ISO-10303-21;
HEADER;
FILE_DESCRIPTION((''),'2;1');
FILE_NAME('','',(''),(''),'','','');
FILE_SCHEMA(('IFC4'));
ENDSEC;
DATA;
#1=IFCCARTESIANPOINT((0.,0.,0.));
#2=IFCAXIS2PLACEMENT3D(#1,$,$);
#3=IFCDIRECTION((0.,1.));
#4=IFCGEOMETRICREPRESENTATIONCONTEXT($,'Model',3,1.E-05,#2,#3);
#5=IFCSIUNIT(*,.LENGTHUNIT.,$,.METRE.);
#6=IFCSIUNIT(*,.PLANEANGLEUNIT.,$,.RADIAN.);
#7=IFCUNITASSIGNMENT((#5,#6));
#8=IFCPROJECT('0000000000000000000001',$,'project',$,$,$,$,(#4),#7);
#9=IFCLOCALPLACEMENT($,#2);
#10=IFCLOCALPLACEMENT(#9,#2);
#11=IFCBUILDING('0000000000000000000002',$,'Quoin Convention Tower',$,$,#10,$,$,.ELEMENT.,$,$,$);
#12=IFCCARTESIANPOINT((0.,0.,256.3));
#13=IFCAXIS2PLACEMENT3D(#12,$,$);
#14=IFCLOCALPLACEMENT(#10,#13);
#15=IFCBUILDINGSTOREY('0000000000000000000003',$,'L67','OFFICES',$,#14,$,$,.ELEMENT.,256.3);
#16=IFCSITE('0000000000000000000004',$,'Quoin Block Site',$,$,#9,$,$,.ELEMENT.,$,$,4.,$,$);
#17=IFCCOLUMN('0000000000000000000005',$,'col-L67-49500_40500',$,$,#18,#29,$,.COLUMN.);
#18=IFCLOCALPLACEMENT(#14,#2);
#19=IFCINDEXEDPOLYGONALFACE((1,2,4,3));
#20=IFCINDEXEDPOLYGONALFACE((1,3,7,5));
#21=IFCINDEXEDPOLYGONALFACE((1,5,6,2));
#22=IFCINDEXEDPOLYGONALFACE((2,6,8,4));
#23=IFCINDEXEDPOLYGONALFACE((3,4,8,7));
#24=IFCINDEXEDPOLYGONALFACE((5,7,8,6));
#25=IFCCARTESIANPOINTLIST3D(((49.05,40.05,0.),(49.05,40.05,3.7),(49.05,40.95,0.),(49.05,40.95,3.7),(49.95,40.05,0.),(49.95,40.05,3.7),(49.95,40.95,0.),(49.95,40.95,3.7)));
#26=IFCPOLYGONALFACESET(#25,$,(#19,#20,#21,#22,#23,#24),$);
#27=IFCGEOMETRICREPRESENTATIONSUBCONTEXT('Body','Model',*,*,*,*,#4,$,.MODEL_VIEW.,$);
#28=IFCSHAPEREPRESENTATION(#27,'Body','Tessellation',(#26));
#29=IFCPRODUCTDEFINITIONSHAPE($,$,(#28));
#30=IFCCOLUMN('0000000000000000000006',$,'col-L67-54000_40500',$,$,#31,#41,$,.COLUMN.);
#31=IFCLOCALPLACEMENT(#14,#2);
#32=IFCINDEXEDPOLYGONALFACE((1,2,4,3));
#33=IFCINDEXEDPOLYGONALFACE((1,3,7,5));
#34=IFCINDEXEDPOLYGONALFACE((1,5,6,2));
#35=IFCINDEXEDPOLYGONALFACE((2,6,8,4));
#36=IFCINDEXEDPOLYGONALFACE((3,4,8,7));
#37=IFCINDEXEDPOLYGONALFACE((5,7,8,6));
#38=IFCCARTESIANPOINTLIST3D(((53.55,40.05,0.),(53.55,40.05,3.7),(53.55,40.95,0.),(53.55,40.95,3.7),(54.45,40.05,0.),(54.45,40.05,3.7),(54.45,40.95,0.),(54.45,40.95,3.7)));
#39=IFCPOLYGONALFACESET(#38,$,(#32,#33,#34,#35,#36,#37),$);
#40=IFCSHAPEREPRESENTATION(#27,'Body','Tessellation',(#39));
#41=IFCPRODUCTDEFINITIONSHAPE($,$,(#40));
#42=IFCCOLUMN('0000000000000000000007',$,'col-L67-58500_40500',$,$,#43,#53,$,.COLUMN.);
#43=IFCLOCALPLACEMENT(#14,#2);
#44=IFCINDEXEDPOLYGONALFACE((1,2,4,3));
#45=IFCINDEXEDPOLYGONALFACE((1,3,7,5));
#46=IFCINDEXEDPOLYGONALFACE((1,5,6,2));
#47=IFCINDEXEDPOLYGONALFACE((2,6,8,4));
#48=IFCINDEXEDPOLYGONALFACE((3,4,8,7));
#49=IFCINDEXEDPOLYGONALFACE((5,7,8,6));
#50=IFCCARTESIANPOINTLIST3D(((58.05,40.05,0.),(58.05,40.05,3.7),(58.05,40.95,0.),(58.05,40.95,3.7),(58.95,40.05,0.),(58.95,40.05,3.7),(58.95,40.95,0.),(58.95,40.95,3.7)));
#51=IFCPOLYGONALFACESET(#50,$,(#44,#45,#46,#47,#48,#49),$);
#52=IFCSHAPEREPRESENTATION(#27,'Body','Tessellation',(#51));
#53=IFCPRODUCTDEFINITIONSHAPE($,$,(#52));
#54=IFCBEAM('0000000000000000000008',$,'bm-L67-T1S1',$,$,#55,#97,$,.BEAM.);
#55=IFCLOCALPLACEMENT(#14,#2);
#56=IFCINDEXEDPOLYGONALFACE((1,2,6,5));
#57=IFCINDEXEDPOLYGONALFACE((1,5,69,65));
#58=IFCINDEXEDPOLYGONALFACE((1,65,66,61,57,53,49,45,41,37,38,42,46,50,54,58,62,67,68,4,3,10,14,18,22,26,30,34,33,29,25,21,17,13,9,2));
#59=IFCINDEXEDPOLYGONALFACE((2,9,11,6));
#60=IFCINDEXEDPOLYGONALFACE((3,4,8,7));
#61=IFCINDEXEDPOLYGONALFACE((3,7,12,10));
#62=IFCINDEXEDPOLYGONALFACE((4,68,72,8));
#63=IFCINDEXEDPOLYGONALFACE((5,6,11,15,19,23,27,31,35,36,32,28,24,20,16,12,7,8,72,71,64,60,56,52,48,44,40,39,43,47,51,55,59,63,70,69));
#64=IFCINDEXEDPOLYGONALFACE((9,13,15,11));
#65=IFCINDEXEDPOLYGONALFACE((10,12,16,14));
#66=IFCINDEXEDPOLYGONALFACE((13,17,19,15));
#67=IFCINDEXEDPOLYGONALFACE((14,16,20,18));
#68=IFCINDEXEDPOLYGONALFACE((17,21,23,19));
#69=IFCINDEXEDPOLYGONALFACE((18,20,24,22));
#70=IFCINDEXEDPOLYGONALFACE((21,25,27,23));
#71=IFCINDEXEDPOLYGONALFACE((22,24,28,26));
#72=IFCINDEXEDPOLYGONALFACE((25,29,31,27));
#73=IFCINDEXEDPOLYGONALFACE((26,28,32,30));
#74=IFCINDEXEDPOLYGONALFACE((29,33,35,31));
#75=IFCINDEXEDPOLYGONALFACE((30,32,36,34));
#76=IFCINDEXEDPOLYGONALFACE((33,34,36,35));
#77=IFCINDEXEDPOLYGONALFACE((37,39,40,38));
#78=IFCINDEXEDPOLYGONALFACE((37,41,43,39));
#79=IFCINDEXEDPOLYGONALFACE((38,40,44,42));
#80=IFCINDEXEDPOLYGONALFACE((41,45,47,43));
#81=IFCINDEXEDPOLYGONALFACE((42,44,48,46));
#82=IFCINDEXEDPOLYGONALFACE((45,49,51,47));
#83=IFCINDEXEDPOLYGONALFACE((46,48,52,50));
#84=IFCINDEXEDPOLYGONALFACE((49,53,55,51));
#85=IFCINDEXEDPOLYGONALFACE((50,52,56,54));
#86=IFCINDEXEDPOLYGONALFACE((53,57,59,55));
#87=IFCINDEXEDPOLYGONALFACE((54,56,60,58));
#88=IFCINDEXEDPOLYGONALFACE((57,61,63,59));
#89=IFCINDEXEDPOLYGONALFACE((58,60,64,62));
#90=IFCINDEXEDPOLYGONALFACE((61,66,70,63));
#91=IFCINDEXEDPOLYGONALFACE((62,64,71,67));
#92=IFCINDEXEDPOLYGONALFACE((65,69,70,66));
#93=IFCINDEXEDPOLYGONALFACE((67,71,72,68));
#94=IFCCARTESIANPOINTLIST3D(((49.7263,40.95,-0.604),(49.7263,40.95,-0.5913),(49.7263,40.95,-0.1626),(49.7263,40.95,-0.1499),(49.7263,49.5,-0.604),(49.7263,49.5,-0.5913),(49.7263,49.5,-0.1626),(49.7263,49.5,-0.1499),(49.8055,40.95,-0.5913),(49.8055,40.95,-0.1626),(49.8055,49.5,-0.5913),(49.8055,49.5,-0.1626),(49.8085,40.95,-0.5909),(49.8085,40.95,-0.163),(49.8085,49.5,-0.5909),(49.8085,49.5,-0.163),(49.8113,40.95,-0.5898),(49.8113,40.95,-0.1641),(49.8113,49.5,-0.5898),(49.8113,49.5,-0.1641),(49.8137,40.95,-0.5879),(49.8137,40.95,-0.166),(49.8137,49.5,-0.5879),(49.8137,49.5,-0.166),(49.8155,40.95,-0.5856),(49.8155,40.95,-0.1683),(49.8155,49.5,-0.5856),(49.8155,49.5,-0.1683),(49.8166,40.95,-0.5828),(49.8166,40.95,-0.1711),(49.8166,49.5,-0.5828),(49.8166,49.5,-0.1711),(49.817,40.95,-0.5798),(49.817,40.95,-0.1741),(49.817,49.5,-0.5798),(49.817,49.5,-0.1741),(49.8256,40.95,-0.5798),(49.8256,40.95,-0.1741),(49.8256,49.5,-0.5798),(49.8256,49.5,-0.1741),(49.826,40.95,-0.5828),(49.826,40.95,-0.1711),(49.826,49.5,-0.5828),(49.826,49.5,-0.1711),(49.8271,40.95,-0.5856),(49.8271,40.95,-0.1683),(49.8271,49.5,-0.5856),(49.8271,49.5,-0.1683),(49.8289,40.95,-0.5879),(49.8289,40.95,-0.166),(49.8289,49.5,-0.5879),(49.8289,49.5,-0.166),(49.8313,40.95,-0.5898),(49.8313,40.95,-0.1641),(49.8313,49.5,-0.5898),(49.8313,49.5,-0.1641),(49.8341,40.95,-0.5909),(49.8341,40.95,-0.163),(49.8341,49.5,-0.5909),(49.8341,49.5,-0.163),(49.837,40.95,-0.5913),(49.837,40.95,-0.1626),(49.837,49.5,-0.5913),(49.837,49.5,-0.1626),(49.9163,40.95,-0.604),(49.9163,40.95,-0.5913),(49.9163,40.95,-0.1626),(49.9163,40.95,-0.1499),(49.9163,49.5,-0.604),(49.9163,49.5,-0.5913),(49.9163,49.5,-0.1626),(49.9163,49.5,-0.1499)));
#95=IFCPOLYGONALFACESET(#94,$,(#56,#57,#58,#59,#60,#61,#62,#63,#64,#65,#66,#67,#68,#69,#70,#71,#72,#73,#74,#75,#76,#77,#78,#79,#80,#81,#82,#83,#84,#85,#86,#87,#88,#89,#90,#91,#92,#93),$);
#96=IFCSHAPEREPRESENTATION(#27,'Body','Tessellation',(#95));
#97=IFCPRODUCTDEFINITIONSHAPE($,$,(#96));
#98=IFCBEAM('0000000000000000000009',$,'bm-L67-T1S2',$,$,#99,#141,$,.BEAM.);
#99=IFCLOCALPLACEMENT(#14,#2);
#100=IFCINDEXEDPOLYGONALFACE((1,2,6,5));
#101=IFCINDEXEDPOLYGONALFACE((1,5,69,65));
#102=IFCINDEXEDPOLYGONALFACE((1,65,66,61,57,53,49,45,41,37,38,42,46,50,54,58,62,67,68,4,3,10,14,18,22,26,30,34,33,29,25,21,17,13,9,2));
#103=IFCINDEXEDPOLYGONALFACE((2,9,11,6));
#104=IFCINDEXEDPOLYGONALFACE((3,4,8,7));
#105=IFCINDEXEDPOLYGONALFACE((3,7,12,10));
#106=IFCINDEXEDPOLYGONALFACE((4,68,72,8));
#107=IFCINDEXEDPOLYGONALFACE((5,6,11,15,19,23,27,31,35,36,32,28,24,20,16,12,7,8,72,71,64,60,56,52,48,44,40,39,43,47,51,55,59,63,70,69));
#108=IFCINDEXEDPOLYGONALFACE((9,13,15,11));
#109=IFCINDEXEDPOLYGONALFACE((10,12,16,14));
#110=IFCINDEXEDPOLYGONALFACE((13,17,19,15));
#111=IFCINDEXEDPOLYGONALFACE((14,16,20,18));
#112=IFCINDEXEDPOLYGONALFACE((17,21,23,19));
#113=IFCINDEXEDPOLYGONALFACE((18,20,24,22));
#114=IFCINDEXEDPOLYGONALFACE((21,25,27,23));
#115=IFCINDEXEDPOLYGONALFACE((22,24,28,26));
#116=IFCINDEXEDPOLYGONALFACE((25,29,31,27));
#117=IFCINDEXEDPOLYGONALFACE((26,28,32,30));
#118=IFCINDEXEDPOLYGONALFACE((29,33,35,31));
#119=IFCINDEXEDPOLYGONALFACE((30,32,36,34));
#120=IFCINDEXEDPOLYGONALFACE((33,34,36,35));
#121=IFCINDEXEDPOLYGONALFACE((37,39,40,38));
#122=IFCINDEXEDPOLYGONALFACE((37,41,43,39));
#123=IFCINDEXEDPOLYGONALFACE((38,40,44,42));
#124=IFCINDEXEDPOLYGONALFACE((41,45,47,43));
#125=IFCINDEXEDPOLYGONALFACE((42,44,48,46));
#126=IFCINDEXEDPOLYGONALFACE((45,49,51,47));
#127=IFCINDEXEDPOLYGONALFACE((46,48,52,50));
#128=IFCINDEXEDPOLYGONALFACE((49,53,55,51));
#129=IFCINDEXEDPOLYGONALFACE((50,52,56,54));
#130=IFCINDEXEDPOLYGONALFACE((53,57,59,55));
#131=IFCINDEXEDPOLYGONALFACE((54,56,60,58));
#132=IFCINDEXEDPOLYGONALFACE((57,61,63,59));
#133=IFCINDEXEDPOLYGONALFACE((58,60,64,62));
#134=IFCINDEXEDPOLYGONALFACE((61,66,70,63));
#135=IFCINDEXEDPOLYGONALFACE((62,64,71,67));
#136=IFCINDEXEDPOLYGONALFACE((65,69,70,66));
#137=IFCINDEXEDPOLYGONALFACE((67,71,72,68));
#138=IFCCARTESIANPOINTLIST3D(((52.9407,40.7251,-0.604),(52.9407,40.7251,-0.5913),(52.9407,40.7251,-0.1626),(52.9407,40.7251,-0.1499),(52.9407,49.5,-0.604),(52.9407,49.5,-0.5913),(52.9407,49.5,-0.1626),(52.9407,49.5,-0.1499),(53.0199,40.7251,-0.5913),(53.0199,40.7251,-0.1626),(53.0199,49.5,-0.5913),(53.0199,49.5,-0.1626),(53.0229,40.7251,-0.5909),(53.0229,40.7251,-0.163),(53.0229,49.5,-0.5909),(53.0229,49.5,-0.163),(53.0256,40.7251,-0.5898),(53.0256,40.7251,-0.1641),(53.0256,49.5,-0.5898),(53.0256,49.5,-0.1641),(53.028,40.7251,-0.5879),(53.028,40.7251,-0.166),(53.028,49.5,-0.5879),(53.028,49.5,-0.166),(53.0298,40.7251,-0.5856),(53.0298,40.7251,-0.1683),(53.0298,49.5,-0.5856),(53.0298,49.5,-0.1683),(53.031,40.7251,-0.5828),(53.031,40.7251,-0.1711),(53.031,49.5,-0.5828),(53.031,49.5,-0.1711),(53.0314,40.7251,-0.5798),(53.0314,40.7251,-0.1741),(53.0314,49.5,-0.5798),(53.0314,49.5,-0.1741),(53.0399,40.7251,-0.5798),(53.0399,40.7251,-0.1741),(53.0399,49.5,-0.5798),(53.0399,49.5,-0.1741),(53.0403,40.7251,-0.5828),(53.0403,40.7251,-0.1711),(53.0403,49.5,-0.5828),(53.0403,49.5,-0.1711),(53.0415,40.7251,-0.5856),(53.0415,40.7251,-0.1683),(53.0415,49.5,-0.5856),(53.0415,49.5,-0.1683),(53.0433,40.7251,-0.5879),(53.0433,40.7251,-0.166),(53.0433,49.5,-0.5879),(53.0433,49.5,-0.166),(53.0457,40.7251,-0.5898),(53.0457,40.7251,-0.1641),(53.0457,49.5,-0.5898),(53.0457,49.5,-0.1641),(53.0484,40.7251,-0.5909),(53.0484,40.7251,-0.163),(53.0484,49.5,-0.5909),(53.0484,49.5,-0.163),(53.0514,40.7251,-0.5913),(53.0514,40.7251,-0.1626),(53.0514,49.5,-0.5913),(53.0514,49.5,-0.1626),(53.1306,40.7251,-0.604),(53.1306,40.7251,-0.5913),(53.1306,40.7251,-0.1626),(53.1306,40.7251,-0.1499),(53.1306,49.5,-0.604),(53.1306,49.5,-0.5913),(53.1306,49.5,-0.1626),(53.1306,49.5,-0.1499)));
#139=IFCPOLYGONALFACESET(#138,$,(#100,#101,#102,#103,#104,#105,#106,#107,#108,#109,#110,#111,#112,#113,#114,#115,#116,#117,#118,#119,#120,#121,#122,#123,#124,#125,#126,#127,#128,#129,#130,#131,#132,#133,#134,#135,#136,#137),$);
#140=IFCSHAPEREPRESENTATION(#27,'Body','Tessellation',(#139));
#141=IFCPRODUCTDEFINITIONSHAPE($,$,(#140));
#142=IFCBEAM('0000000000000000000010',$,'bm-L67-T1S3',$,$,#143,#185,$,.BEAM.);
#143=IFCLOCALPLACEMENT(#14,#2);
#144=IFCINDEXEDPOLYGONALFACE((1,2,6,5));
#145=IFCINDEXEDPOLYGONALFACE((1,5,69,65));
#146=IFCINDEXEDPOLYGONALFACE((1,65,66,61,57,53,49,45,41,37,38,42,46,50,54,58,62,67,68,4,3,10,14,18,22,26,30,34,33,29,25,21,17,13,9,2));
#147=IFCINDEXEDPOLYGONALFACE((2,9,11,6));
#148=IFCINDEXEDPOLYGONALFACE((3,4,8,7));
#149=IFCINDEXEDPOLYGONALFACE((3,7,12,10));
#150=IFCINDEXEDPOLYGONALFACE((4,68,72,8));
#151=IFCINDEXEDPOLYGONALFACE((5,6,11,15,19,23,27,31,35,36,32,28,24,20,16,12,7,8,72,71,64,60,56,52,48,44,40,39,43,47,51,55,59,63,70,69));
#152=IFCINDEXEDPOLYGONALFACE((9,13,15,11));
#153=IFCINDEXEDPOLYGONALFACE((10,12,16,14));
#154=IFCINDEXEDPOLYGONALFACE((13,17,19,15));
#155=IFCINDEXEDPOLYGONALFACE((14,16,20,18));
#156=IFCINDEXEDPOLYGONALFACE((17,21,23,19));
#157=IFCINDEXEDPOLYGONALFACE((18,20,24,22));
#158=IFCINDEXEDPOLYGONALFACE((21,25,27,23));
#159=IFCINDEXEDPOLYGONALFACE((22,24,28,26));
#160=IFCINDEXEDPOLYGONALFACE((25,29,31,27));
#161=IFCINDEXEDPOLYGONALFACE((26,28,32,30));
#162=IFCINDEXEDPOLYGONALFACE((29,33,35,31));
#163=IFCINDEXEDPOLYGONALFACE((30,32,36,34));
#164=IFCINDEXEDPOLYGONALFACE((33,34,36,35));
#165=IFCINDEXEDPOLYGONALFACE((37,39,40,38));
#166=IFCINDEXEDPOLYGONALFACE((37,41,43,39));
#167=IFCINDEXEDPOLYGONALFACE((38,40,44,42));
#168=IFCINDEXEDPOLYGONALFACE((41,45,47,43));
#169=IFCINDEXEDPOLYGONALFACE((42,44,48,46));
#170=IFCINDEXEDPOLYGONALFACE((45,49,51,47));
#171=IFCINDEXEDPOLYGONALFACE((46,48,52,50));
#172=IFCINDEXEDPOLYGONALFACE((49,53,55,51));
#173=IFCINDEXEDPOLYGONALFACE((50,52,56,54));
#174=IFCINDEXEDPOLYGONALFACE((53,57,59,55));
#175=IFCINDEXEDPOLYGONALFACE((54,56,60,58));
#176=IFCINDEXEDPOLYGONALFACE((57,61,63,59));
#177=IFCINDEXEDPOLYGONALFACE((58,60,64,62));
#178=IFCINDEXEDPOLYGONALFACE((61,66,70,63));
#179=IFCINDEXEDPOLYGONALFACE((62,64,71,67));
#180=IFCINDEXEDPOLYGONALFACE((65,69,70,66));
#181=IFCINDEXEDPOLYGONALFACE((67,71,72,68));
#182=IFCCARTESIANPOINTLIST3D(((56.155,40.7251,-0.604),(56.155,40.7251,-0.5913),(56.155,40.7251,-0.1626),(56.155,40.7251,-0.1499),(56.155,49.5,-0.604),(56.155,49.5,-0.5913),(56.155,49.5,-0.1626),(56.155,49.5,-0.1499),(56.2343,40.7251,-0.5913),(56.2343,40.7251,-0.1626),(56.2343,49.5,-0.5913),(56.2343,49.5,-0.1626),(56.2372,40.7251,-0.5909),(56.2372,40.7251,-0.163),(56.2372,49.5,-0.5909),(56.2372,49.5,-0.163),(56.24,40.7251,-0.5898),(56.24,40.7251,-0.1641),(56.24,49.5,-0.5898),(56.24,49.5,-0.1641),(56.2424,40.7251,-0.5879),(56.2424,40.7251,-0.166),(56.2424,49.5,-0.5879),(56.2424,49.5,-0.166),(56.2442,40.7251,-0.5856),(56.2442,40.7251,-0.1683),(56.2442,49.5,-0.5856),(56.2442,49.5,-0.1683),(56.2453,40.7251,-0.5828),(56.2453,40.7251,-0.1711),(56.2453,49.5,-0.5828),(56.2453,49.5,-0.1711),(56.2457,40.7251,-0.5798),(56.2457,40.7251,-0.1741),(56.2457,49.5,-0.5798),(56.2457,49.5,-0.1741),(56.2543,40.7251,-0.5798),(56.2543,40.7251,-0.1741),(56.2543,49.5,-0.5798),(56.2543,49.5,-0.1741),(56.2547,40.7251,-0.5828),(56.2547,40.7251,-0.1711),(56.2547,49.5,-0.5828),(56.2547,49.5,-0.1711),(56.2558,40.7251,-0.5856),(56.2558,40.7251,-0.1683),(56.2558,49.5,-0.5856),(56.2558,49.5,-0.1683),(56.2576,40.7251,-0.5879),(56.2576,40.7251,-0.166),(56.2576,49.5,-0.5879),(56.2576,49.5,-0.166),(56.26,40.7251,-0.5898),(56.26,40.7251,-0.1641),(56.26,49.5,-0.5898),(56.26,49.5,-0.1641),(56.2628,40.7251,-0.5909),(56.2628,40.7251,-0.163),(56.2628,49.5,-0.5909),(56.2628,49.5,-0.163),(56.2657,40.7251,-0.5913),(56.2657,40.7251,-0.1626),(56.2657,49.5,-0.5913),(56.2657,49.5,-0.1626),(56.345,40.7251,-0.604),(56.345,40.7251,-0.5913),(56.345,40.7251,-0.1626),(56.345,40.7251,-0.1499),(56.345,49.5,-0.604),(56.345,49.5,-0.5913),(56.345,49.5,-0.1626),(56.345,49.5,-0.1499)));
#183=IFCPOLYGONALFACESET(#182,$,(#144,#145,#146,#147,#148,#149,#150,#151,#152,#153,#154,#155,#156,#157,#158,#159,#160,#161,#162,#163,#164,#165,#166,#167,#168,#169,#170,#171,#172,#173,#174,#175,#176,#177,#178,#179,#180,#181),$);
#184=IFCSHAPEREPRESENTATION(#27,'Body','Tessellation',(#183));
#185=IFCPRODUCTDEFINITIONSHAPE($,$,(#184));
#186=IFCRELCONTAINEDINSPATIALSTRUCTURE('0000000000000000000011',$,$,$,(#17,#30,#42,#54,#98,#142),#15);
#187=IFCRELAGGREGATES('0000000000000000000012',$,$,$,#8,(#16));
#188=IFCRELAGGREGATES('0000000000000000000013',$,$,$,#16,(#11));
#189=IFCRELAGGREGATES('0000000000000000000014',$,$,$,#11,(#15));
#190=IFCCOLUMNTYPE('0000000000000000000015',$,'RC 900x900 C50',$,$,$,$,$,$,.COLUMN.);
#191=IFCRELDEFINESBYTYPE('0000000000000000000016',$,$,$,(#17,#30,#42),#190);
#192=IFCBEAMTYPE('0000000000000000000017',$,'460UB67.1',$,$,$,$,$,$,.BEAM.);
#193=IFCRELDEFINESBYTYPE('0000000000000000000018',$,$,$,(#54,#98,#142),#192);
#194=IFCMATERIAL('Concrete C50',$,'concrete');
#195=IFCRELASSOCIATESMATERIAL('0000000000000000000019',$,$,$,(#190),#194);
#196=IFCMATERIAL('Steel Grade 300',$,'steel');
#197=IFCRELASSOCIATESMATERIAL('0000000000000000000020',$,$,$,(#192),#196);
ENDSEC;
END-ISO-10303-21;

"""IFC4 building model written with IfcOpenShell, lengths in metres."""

from ifc_helpers import new_model, si_unit, direction, frame, origin, origin_2d, place, context, subcontext, project, spatial, rectangle, i_section, extrude, material, material_profile, profile_set, type_object, element, save


model = new_model("IFC4")

# Units and contexts
model_context = context("Model", 3, precision=1e-05, world=origin(), true_north=direction((0.0, 1.0)))
body_context = subcontext(model_context, "Body", "Model", "MODEL_VIEW")
ifc_project = project(units=[si_unit("LENGTHUNIT", "METRE"), si_unit("PLANEANGLEUNIT", "RADIAN")], contexts=[model_context])

# Site, building, storey
site_placement = place(None, origin())
site = spatial("IfcSite", under=ifc_project, at=site_placement, Name="Quoin Block Site", CompositionType="ELEMENT", RefElevation=4.0)
building_placement = place(site_placement, origin())
building = spatial("IfcBuilding", under=site, at=building_placement, Name="Quoin Convention Tower", CompositionType="ELEMENT")
storey_placement = place(building_placement, frame((0.0, 0.0, 256.3)))
storey = spatial("IfcBuildingStorey", under=building, at=storey_placement, Name="L67", Description="OFFICES", CompositionType="ELEMENT", Elevation=256.3)

# Columns
ifc_material_1 = material(Name="Concrete C50", Category="concrete")
ifc_material_profile_1 = material_profile(ifc_material_1, rectangle(XDim=0.8999, YDim=0.8999, at=origin_2d()), Name="RC 900x900")
ifc_profile_set_1 = profile_set([ifc_material_profile_1], Name="Concrete C50")
column_type = type_object("IfcColumnType", Name="RC 900x900 C50", PredefinedType="COLUMN", material=ifc_profile_set_1)
for number, where, z_axis, x_axis, name in (
    (1, (49.5, 40.5, 0.0), (0.0, 0.0, 1.0), (1.0, 0.0, 0.0), "col-L67-49500_40500"),
    (2, (54.0, 40.5, 0.0), (0.0, 0.0, 1.0), (1.0, 0.0, 0.0), "col-L67-54000_40500"),
    (3, (58.5, 40.5, 0.0), (0.0, 0.0, 1.0), (1.0, 0.0, 0.0), "col-L67-58500_40500"),
):
    element("IfcColumn", number, at=place(storey_placement, frame(where, z_axis=z_axis, x_axis=x_axis)), inside=storey, type_object=column_type, Name=name, PredefinedType="COLUMN", context=body_context, shape_type="SweptSolid", body=[
        extrude(rectangle(XDim=0.8999, YDim=0.8999, at=origin_2d()), origin(), (0.0, 0.0, 1.0), 3.7),
    ])

# Beams
ifc_material_2 = material(Name="Steel Grade 300", Category="steel")
ifc_material_profile_2 = material_profile(ifc_material_2, i_section(OverallWidth=0.1899, OverallDepth=0.4541, WebThickness=0.0085, FlangeThickness=0.0127, FilletRadius=0.0115, at=origin_2d()), Name="460UB67.1")
ifc_profile_set_2 = profile_set([ifc_material_profile_2], Name="Steel Grade 300")
beam_type_1 = type_object("IfcBeamType", Name="460UB67.1", PredefinedType="BEAM", material=ifc_profile_set_2)
beam_1_placement = place(storey_placement, frame((49.8213, 40.95, -0.377), z_axis=(0.0, 1.0, 0.0), x_axis=(-1.0, 0.0, 0.0)))
element("IfcBeam", 4, at=beam_1_placement, inside=storey, type_object=beam_type_1, Name="bm-L67-T1S1", PredefinedType="BEAM", context=body_context, shape_type="SweptSolid", body=[
    extrude(i_section(OverallWidth=0.1899, OverallDepth=0.4541, WebThickness=0.0085, FlangeThickness=0.0127, FilletRadius=0.0115, at=origin_2d()), origin(), (0.0, 0.0, 1.0), 8.55),
])
for number, where, z_axis, x_axis, name in (
    (5, (53.0356, 40.7251, -0.377), (0.0, 1.0, 0.0), (-1.0, 0.0, 0.0), "bm-L67-T1S2"),
    (6, (56.25, 40.7251, -0.377), (0.0, 1.0, 0.0), (-1.0, 0.0, 0.0), "bm-L67-T1S3"),
):
    element("IfcBeam", number, at=place(storey_placement, frame(where, z_axis=z_axis, x_axis=x_axis)), inside=storey, type_object=beam_type_1, Name=name, PredefinedType="BEAM", context=body_context, shape_type="SweptSolid", body=[
        extrude(i_section(OverallWidth=0.1899, OverallDepth=0.4541, WebThickness=0.0085, FlangeThickness=0.0127, FilletRadius=0.0115, at=origin_2d()), origin(), (0.0, 0.0, 1.0), 8.7749),
    ])

save(model, "model.ifc")
